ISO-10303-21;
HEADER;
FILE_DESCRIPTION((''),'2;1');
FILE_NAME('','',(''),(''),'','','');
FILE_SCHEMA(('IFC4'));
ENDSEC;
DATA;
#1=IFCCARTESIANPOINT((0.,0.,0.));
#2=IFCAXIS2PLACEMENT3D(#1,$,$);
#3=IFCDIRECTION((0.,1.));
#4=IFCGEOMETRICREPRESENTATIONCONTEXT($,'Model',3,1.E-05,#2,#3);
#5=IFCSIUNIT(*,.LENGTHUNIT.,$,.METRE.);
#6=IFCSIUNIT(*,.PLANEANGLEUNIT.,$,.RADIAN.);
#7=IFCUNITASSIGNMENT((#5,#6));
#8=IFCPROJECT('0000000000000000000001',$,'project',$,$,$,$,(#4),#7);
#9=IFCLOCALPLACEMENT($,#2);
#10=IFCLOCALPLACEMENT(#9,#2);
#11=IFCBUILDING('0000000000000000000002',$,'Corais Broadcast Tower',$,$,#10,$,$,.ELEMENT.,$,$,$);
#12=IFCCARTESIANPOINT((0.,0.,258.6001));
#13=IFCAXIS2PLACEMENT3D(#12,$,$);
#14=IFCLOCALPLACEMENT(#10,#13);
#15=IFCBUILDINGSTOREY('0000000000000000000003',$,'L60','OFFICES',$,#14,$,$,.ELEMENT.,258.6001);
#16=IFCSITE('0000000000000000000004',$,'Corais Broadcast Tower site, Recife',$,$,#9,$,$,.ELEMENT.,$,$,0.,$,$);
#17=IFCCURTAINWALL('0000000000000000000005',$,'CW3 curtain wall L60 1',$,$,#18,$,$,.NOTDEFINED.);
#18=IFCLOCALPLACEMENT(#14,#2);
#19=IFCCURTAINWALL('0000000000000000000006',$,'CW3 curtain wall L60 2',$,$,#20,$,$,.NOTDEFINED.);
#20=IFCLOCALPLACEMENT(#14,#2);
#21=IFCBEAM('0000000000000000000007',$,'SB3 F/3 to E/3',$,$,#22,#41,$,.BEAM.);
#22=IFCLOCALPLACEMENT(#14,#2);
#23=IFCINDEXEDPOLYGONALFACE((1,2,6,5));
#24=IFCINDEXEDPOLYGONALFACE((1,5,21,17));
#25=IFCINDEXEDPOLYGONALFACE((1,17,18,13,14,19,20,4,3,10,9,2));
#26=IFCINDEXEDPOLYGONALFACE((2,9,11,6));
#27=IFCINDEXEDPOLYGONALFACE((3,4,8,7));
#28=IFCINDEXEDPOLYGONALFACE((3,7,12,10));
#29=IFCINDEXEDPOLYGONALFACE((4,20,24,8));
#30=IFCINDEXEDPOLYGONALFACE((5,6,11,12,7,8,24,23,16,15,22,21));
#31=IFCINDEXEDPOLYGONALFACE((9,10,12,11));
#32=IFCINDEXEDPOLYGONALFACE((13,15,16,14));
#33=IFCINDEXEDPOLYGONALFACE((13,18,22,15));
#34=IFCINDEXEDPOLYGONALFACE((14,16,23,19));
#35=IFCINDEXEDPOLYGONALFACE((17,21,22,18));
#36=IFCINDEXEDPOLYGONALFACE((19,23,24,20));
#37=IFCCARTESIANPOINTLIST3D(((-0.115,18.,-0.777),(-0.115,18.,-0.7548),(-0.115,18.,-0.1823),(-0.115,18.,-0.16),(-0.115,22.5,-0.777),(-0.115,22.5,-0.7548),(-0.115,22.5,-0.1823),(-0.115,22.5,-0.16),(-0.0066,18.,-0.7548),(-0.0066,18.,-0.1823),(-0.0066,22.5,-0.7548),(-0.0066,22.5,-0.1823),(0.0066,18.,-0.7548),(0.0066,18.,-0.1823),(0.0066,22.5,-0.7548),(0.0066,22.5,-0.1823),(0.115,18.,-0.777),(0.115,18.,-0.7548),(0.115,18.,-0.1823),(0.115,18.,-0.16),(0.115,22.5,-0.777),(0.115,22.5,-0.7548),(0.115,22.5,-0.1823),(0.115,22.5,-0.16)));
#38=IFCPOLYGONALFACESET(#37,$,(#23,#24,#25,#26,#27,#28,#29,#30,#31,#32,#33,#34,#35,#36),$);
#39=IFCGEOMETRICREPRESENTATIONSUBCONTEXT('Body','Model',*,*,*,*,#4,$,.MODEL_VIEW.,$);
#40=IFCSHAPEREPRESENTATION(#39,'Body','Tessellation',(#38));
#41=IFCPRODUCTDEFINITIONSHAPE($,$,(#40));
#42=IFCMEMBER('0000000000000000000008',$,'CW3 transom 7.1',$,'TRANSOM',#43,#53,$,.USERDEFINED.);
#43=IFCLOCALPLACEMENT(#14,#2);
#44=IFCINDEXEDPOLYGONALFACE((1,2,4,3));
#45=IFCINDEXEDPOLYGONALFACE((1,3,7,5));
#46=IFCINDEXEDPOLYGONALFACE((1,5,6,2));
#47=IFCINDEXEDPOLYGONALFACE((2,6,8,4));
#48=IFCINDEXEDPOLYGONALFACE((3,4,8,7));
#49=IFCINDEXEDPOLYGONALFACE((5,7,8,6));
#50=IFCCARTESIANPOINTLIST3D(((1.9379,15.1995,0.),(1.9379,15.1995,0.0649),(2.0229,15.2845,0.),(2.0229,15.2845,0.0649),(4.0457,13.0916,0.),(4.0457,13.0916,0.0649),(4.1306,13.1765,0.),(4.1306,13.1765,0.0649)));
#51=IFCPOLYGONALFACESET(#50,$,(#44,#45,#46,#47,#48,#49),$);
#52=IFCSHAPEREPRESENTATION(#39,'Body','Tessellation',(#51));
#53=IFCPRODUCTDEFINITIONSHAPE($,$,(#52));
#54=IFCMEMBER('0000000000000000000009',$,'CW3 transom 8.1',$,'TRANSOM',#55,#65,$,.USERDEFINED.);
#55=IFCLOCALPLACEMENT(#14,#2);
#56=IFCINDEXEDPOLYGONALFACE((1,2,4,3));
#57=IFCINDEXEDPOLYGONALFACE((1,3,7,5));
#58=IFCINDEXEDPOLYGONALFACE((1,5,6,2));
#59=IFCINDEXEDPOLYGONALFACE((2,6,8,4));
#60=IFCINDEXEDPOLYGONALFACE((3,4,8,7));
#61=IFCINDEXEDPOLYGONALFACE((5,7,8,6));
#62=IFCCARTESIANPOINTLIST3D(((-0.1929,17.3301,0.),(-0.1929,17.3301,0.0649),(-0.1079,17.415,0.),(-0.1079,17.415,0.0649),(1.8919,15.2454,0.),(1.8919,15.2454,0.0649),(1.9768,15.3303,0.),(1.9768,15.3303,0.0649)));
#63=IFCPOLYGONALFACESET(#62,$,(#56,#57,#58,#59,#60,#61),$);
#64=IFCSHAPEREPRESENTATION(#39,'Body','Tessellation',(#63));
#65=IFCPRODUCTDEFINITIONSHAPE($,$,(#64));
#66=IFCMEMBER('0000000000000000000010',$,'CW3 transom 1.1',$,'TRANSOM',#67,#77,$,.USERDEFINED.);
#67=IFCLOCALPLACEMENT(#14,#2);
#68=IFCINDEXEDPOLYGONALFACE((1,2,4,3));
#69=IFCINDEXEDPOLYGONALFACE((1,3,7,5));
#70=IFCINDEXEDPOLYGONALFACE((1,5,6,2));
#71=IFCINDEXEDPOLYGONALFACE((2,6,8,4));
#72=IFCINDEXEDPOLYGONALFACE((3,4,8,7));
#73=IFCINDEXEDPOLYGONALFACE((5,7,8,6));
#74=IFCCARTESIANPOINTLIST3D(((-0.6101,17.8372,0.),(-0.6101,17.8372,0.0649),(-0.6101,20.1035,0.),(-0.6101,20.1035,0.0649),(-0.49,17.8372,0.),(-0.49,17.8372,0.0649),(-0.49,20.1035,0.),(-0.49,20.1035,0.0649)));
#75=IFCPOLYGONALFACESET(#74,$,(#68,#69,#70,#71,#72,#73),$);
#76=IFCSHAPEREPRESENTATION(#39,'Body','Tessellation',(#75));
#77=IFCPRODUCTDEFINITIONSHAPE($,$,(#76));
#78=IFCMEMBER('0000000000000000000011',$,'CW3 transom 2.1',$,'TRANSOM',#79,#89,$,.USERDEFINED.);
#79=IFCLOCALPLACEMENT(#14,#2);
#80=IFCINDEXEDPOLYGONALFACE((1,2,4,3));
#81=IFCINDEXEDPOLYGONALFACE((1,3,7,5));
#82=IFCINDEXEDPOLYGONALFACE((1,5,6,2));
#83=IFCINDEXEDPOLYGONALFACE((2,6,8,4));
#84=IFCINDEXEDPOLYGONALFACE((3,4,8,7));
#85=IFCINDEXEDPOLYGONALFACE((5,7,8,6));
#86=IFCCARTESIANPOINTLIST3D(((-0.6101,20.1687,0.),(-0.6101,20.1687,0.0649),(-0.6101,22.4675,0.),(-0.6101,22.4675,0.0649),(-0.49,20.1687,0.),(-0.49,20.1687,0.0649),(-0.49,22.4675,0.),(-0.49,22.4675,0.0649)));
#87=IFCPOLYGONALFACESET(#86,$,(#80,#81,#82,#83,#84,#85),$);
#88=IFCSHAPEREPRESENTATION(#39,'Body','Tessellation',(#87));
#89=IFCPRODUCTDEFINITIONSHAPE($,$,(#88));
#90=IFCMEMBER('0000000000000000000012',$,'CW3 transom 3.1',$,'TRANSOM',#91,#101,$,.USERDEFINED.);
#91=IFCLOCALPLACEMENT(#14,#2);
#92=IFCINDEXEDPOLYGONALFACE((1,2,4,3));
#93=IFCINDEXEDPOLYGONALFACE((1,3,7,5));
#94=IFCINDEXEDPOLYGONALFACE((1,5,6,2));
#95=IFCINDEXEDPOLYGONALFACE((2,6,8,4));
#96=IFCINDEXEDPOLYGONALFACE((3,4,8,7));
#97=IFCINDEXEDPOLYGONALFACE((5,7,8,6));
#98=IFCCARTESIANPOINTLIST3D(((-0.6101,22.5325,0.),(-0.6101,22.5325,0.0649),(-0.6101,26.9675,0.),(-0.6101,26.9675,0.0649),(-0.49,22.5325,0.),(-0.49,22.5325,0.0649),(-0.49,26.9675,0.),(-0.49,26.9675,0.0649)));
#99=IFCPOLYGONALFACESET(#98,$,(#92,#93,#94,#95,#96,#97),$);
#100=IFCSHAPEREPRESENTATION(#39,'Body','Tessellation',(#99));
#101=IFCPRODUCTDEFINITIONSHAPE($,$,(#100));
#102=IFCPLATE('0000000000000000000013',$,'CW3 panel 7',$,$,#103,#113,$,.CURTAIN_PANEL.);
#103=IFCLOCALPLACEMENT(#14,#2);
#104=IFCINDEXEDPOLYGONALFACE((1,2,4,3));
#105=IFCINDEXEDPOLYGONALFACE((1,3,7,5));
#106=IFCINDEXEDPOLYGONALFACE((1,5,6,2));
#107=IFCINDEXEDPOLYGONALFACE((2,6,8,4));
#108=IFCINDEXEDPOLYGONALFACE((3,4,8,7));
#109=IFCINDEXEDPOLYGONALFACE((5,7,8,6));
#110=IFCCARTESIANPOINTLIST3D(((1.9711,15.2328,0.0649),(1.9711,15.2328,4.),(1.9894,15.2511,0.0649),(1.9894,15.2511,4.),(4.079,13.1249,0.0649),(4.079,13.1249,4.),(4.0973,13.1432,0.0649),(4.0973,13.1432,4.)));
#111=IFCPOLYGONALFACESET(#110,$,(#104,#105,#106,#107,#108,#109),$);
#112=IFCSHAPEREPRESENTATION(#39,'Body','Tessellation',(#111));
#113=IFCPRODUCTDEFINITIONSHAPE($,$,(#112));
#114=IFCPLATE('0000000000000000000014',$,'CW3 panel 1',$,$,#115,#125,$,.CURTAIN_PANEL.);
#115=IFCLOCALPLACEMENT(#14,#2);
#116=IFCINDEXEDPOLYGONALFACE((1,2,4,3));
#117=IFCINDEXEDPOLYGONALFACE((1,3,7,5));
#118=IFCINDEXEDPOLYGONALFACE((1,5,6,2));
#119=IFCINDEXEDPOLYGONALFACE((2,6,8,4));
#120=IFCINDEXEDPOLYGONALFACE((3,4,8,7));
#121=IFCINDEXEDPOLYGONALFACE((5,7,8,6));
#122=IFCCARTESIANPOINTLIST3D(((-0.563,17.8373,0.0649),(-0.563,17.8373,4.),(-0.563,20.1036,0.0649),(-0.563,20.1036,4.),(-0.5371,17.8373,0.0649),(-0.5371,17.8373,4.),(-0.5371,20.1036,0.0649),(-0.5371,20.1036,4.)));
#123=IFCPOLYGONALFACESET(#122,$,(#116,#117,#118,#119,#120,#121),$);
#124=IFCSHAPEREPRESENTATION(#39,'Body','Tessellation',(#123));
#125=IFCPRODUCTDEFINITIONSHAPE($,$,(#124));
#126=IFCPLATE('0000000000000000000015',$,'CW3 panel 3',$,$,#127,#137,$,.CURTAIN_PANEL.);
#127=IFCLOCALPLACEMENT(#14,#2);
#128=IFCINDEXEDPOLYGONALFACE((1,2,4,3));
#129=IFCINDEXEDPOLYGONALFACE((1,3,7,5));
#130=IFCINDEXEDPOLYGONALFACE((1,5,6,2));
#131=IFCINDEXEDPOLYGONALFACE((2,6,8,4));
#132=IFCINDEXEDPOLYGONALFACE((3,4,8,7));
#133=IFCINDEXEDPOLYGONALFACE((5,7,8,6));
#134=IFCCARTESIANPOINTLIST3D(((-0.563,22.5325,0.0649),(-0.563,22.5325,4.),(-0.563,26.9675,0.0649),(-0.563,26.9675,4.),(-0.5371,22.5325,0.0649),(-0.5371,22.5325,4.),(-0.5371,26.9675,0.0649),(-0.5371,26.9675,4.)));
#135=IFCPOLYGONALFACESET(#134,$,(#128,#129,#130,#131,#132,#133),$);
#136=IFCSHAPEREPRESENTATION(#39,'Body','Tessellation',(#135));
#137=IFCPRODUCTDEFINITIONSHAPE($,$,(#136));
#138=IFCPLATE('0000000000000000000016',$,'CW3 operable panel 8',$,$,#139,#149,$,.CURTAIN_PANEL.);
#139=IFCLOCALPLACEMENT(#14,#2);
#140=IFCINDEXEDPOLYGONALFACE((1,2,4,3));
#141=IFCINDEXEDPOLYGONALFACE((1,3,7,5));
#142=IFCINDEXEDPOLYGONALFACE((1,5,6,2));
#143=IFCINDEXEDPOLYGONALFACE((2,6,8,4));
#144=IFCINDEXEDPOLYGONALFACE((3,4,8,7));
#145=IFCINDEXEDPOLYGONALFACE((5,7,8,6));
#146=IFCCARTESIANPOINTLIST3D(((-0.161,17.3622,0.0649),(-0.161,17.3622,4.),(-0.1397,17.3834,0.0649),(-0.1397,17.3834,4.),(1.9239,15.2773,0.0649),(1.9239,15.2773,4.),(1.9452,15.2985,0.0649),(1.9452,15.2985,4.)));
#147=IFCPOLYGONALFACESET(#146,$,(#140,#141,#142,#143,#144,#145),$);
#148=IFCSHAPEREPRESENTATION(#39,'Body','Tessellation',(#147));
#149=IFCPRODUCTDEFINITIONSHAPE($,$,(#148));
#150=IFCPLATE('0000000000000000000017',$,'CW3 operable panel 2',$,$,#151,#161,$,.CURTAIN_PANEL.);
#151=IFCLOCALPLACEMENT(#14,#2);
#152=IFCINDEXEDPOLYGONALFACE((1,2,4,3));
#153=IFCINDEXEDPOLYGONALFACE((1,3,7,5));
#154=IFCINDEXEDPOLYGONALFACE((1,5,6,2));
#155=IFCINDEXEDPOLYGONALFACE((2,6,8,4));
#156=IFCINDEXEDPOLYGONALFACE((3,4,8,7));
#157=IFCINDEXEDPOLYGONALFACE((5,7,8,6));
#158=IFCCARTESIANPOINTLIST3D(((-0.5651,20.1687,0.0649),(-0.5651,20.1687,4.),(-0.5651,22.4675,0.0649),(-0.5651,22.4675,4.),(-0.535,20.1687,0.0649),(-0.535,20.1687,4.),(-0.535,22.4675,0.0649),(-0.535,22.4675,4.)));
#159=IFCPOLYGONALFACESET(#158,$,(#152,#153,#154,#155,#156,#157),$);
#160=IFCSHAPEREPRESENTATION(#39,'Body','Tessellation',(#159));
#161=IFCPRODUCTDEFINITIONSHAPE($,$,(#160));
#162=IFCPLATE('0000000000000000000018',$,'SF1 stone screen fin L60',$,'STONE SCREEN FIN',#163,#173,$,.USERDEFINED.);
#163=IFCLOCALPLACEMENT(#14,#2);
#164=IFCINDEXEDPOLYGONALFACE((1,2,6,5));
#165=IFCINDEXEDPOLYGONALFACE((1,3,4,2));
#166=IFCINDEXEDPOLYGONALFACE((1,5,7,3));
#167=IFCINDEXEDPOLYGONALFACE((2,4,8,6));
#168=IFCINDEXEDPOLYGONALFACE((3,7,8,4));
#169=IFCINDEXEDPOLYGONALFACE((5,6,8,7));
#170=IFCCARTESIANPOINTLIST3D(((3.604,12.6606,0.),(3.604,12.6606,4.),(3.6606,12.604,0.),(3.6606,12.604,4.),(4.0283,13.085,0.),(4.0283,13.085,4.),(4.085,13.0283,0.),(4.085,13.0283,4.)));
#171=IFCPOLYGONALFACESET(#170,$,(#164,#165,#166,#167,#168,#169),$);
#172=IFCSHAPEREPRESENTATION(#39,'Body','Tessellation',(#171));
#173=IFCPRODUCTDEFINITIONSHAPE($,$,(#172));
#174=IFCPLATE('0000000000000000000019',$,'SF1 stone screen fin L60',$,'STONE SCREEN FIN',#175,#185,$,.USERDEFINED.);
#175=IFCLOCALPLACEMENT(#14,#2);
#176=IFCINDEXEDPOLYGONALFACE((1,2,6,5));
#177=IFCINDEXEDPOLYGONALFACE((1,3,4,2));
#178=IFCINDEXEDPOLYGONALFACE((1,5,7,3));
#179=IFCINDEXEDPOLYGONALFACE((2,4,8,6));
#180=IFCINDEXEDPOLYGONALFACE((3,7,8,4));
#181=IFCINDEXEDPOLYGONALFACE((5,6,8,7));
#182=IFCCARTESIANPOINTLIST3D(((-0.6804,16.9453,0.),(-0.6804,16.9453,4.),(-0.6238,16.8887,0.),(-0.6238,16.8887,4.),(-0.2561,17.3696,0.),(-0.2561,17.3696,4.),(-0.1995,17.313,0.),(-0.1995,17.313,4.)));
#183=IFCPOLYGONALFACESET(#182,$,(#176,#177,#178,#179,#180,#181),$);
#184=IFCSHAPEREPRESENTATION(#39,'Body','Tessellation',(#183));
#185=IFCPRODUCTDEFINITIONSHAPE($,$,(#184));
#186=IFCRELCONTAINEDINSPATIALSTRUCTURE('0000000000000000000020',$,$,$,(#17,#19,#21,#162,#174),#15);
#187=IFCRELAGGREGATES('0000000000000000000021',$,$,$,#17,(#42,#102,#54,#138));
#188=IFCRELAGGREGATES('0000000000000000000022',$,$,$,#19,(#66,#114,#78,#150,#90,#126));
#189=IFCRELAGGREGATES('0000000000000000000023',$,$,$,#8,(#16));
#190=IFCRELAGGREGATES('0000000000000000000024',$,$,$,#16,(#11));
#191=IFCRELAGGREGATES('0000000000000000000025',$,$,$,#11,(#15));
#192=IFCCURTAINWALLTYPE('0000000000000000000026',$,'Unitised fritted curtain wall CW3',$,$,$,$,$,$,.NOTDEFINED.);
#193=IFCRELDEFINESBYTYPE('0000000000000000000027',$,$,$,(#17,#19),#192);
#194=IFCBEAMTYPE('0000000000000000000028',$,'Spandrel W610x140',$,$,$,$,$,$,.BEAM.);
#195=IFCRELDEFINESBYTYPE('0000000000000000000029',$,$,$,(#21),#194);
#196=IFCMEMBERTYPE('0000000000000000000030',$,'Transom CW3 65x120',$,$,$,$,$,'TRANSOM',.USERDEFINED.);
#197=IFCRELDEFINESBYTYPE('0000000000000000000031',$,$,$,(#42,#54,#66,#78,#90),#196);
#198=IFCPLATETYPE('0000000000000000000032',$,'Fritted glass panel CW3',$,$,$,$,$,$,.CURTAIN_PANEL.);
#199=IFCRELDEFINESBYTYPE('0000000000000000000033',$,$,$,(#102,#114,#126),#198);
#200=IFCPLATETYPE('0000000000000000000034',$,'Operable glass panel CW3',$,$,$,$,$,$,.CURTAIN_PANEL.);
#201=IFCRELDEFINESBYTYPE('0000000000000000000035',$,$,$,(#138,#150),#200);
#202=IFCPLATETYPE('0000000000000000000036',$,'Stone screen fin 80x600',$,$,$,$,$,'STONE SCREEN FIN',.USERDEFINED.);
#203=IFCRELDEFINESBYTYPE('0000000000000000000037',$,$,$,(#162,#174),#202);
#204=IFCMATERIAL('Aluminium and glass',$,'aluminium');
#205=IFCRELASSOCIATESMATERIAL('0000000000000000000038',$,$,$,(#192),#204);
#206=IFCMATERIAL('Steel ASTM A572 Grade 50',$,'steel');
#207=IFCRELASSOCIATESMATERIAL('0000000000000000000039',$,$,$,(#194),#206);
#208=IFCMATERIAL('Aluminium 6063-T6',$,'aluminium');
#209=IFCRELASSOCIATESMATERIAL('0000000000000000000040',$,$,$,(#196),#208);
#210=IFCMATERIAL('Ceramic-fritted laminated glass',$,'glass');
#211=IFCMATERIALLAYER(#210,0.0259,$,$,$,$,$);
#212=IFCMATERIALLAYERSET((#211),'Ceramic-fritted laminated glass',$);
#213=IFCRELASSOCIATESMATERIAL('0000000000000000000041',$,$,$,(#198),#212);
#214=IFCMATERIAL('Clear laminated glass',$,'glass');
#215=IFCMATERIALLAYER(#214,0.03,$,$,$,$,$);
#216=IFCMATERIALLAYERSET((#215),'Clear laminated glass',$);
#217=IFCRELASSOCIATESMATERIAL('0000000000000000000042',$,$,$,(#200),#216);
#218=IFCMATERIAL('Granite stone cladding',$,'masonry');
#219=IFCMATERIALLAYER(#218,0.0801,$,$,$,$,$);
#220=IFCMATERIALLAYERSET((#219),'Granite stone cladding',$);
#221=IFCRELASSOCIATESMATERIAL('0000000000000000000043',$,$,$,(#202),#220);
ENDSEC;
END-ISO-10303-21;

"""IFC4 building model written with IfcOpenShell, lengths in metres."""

from ifc_helpers import new_model, si_unit, direction, frame, origin, origin_2d, place, context, subcontext, project, spatial, rectangle, i_section, extrude, material, layer, layer_set, material_profile, profile_set, type_object, element, aggregate, save


model = new_model("IFC4")

# Units and contexts
model_context = context("Model", 3, precision=1e-05, world=origin(), true_north=direction((0.0, 1.0)))
body_context = subcontext(model_context, "Body", "Model", "MODEL_VIEW")
ifc_project = project(units=[si_unit("LENGTHUNIT", "METRE"), si_unit("PLANEANGLEUNIT", "RADIAN")], contexts=[model_context])

# Site, building, storey
site_placement = place(None, origin())
site = spatial("IfcSite", under=ifc_project, at=site_placement, Name="Corais Broadcast Tower site, Recife", CompositionType="ELEMENT", RefElevation=0.0)
building_placement = place(site_placement, origin())
building = spatial("IfcBuilding", under=site, at=building_placement, Name="Corais Broadcast Tower", CompositionType="ELEMENT")
storey_placement = place(building_placement, frame((0.0, 0.0, 258.6001)))
storey = spatial("IfcBuildingStorey", under=building, at=storey_placement, Name="L60", Description="OFFICES", CompositionType="ELEMENT", Elevation=258.6001)

# Curtain walls
ifc_material_1 = material(Name="Aluminium and glass", Category="aluminium")
curtain_wall_type = type_object("IfcCurtainWallType", Name="Unitised fritted curtain wall CW3", PredefinedType="NOTDEFINED", material=ifc_material_1)
curtain_wall_1_placement = place(storey_placement, origin())
curtain_wall_1 = element("IfcCurtainWall", 1, at=curtain_wall_1_placement, inside=storey, type_object=curtain_wall_type, Name="CW3 curtain wall L60 1", PredefinedType="NOTDEFINED")
curtain_wall_2_placement = place(storey_placement, origin())
curtain_wall_2 = element("IfcCurtainWall", 2, at=curtain_wall_2_placement, inside=storey, type_object=curtain_wall_type, Name="CW3 curtain wall L60 2", PredefinedType="NOTDEFINED")

# Beam
ifc_material_2 = material(Name="Steel ASTM A572 Grade 50", Category="steel")
ifc_material_profile_1 = material_profile(ifc_material_2, i_section(OverallWidth=0.23, OverallDepth=0.6169, WebThickness=0.0132, FlangeThickness=0.0222, at=origin_2d()), Name="W610x140")
ifc_profile_set_1 = profile_set([ifc_material_profile_1], Name="Steel ASTM A572 Grade 50")
beam_type_1 = type_object("IfcBeamType", Name="Spandrel W610x140", PredefinedType="BEAM", material=ifc_profile_set_1)
beam_1_placement = place(storey_placement, frame((0.0, 22.5, -0.4685), z_axis=(0.0, -1.0, 0.0), x_axis=(1.0, 0.0, 0.0)))
element("IfcBeam", 3, at=beam_1_placement, inside=storey, type_object=beam_type_1, Name="SB3 F/3 to E/3", PredefinedType="BEAM", context=body_context, shape_type="SweptSolid", body=[
    extrude(i_section(OverallWidth=0.23, OverallDepth=0.6169, WebThickness=0.0132, FlangeThickness=0.0222, at=origin_2d()), origin(), (0.0, 0.0, 1.0), 4.5),
])

# Members
ifc_material_3 = material(Name="Aluminium 6063-T6", Category="aluminium")
ifc_material_profile_2 = material_profile(ifc_material_3, rectangle(XDim=0.1201, YDim=0.0649, at=origin_2d()), Name="Transom CW3 65x120")
ifc_profile_set_2 = profile_set([ifc_material_profile_2], Name="Aluminium 6063-T6")
member_type_1 = type_object("IfcMemberType", Name="Transom CW3 65x120", ElementType="TRANSOM", PredefinedType="USERDEFINED", material=ifc_profile_set_2)
member_1_placement = place(storey_placement, frame((4.0881, 13.134, 0.0325), z_axis=(-0.707066, 0.707148, 0.0), x_axis=(-0.707148, -0.707066, 0.0)))
member_1 = element("IfcMember", 4, at=member_1_placement, type_object=member_type_1, Name="CW3 transom 7.1", ObjectType="TRANSOM", PredefinedType="USERDEFINED", context=body_context, shape_type="SweptSolid", body=[
    extrude(rectangle(XDim=0.1201, YDim=0.0649, at=origin_2d()), origin(), (0.0, 0.0, 1.0), 2.981),
])
member_2_placement = place(storey_placement, frame((1.9343, 15.2878, 0.0325), z_axis=(-0.707107, 0.707107, 0.0), x_axis=(-0.707107, -0.707107, 0.0)))
member_2 = element("IfcMember", 5, at=member_2_placement, type_object=member_type_1, Name="CW3 transom 8.1", ObjectType="TRANSOM", PredefinedType="USERDEFINED", context=body_context, shape_type="SweptSolid", body=[
    extrude(rectangle(XDim=0.1201, YDim=0.0649, at=origin_2d()), origin(), (0.0, 0.0, 1.0), 2.9482),
])
member_3_placement = place(storey_placement, frame((-0.55, 17.8372, 0.0325), z_axis=(0.0, 1.0, 0.0), x_axis=(-1.0, 0.0, 0.0)))
member_3 = element("IfcMember", 6, at=member_3_placement, type_object=member_type_1, Name="CW3 transom 1.1", ObjectType="TRANSOM", PredefinedType="USERDEFINED", context=body_context, shape_type="SweptSolid", body=[
    extrude(rectangle(XDim=0.1201, YDim=0.0649, at=origin_2d()), origin(), (0.0, 0.0, 1.0), 2.2664),
])
member_4_placement = place(storey_placement, frame((-0.55, 20.1687, 0.0325), z_axis=(0.0, 1.0, 0.0), x_axis=(-1.0, 0.0, 0.0)))
member_4 = element("IfcMember", 7, at=member_4_placement, type_object=member_type_1, Name="CW3 transom 2.1", ObjectType="TRANSOM", PredefinedType="USERDEFINED", context=body_context, shape_type="SweptSolid", body=[
    extrude(rectangle(XDim=0.1201, YDim=0.0649, at=origin_2d()), origin(), (0.0, 0.0, 1.0), 2.2988),
])
member_5_placement = place(storey_placement, frame((-0.55, 22.5325, 0.0325), z_axis=(0.0, 1.0, 0.0), x_axis=(-1.0, 0.0, 0.0)))
member_5 = element("IfcMember", 8, at=member_5_placement, type_object=member_type_1, Name="CW3 transom 3.1", ObjectType="TRANSOM", PredefinedType="USERDEFINED", context=body_context, shape_type="SweptSolid", body=[
    extrude(rectangle(XDim=0.1201, YDim=0.0649, at=origin_2d()), origin(), (0.0, 0.0, 1.0), 4.4351),
])

# Plates
ifc_material_4 = material(Name="Ceramic-fritted laminated glass", Category="glass")
ifc_layer_1 = layer(ifc_material_4, 0.0259)
ifc_layer_set_1 = layer_set([ifc_layer_1], Name="Ceramic-fritted laminated glass")
plate_type_1 = type_object("IfcPlateType", Name="Fritted glass panel CW3", PredefinedType="CURTAIN_PANEL", material=ifc_layer_set_1)
plate_1_placement = place(storey_placement, frame((3.0342, 14.188, 0.0649), z_axis=(0.0, 0.0, 1.0), x_axis=(-0.707107, 0.707107, 0.0)))
plate_1 = element("IfcPlate", 9, at=plate_1_placement, type_object=plate_type_1, Name="CW3 panel 7", PredefinedType="CURTAIN_PANEL", context=body_context, shape_type="SweptSolid", body=[
    extrude(rectangle(XDim=2.981, YDim=0.0259, at=origin_2d()), origin(), (0.0, 0.0, 1.0), 3.9351),
])
plate_2_placement = place(storey_placement, frame((-0.55, 18.9705, 0.0649), z_axis=(0.0, 0.0, 1.0), x_axis=(0.0, 1.0, 0.0)))
plate_2 = element("IfcPlate", 10, at=plate_2_placement, type_object=plate_type_1, Name="CW3 panel 1", PredefinedType="CURTAIN_PANEL", context=body_context, shape_type="SweptSolid", body=[
    extrude(rectangle(XDim=2.2664, YDim=0.0259, at=origin_2d()), origin(), (0.0, 0.0, 1.0), 3.9351),
])
plate_3_placement = place(storey_placement, frame((-0.55, 24.75, 0.0649), z_axis=(0.0, 0.0, 1.0), x_axis=(0.0, 1.0, 0.0)))
plate_3 = element("IfcPlate", 11, at=plate_3_placement, type_object=plate_type_1, Name="CW3 panel 3", PredefinedType="CURTAIN_PANEL", context=body_context, shape_type="SweptSolid", body=[
    extrude(rectangle(XDim=4.4351, YDim=0.0259, at=origin_2d()), origin(), (0.0, 0.0, 1.0), 3.9351),
])
ifc_material_5 = material(Name="Clear laminated glass", Category="glass")
ifc_layer_2 = layer(ifc_material_5, 0.03)
ifc_layer_set_2 = layer_set([ifc_layer_2], Name="Clear laminated glass")
plate_type_2 = type_object("IfcPlateType", Name="Operable glass panel CW3", PredefinedType="CURTAIN_PANEL", material=ifc_layer_set_2)
plate_4_placement = place(storey_placement, frame((0.8921, 16.3303, 0.0649), z_axis=(0.0, 0.0, 1.0), x_axis=(-0.707107, 0.707107, 0.0)))
plate_4 = element("IfcPlate", 12, at=plate_4_placement, type_object=plate_type_2, Name="CW3 operable panel 8", PredefinedType="CURTAIN_PANEL", context=body_context, shape_type="SweptSolid", body=[
    extrude(rectangle(XDim=2.9485, YDim=0.03, at=origin_2d()), origin(), (0.0, 0.0, 1.0), 3.9351),
])
aggregate(curtain_wall_1, [member_1, plate_1, member_2, plate_4])
plate_5_placement = place(storey_placement, frame((-0.55, 21.3181, 0.0649), z_axis=(0.0, 0.0, 1.0), x_axis=(0.0, 1.0, 0.0)))
plate_5 = element("IfcPlate", 13, at=plate_5_placement, type_object=plate_type_2, Name="CW3 operable panel 2", PredefinedType="CURTAIN_PANEL", context=body_context, shape_type="SweptSolid", body=[
    extrude(rectangle(XDim=2.2988, YDim=0.03, at=origin_2d()), origin(), (0.0, 0.0, 1.0), 3.9351),
])
aggregate(curtain_wall_2, [member_3, plate_2, member_4, plate_5, member_5, plate_3])

# Plates
ifc_material_6 = material(Name="Granite stone cladding", Category="masonry")
ifc_layer_3 = layer(ifc_material_6, 0.0801)
ifc_layer_set_3 = layer_set([ifc_layer_3], Name="Granite stone cladding")
plate_type_3 = type_object("IfcPlateType", Name="Stone screen fin 80x600", ElementType="STONE SCREEN FIN", PredefinedType="USERDEFINED", material=ifc_layer_set_3)
for number, where, z_axis, x_axis, name in (
    (14, (3.8445, 12.8445, 0.0), (0.0, 0.0, 1.0), (-0.707107, 0.707107, 0.0), "SF1 stone screen fin L60"),
    (15, (-0.4399, 17.1292, 0.0), (0.0, 0.0, 1.0), (-0.707107, 0.707107, 0.0), "SF1 stone screen fin L60"),
):
    element("IfcPlate", number, at=place(storey_placement, frame(where, z_axis=z_axis, x_axis=x_axis)), inside=storey, type_object=plate_type_3, Name=name, ObjectType="STONE SCREEN FIN", PredefinedType="USERDEFINED", context=body_context, shape_type="SweptSolid", body=[
        extrude(rectangle(XDim=0.0801, YDim=0.6001, at=origin_2d()), origin(), (0.0, 0.0, 1.0), 4.0),
    ])

save(model, "model.ifc")
